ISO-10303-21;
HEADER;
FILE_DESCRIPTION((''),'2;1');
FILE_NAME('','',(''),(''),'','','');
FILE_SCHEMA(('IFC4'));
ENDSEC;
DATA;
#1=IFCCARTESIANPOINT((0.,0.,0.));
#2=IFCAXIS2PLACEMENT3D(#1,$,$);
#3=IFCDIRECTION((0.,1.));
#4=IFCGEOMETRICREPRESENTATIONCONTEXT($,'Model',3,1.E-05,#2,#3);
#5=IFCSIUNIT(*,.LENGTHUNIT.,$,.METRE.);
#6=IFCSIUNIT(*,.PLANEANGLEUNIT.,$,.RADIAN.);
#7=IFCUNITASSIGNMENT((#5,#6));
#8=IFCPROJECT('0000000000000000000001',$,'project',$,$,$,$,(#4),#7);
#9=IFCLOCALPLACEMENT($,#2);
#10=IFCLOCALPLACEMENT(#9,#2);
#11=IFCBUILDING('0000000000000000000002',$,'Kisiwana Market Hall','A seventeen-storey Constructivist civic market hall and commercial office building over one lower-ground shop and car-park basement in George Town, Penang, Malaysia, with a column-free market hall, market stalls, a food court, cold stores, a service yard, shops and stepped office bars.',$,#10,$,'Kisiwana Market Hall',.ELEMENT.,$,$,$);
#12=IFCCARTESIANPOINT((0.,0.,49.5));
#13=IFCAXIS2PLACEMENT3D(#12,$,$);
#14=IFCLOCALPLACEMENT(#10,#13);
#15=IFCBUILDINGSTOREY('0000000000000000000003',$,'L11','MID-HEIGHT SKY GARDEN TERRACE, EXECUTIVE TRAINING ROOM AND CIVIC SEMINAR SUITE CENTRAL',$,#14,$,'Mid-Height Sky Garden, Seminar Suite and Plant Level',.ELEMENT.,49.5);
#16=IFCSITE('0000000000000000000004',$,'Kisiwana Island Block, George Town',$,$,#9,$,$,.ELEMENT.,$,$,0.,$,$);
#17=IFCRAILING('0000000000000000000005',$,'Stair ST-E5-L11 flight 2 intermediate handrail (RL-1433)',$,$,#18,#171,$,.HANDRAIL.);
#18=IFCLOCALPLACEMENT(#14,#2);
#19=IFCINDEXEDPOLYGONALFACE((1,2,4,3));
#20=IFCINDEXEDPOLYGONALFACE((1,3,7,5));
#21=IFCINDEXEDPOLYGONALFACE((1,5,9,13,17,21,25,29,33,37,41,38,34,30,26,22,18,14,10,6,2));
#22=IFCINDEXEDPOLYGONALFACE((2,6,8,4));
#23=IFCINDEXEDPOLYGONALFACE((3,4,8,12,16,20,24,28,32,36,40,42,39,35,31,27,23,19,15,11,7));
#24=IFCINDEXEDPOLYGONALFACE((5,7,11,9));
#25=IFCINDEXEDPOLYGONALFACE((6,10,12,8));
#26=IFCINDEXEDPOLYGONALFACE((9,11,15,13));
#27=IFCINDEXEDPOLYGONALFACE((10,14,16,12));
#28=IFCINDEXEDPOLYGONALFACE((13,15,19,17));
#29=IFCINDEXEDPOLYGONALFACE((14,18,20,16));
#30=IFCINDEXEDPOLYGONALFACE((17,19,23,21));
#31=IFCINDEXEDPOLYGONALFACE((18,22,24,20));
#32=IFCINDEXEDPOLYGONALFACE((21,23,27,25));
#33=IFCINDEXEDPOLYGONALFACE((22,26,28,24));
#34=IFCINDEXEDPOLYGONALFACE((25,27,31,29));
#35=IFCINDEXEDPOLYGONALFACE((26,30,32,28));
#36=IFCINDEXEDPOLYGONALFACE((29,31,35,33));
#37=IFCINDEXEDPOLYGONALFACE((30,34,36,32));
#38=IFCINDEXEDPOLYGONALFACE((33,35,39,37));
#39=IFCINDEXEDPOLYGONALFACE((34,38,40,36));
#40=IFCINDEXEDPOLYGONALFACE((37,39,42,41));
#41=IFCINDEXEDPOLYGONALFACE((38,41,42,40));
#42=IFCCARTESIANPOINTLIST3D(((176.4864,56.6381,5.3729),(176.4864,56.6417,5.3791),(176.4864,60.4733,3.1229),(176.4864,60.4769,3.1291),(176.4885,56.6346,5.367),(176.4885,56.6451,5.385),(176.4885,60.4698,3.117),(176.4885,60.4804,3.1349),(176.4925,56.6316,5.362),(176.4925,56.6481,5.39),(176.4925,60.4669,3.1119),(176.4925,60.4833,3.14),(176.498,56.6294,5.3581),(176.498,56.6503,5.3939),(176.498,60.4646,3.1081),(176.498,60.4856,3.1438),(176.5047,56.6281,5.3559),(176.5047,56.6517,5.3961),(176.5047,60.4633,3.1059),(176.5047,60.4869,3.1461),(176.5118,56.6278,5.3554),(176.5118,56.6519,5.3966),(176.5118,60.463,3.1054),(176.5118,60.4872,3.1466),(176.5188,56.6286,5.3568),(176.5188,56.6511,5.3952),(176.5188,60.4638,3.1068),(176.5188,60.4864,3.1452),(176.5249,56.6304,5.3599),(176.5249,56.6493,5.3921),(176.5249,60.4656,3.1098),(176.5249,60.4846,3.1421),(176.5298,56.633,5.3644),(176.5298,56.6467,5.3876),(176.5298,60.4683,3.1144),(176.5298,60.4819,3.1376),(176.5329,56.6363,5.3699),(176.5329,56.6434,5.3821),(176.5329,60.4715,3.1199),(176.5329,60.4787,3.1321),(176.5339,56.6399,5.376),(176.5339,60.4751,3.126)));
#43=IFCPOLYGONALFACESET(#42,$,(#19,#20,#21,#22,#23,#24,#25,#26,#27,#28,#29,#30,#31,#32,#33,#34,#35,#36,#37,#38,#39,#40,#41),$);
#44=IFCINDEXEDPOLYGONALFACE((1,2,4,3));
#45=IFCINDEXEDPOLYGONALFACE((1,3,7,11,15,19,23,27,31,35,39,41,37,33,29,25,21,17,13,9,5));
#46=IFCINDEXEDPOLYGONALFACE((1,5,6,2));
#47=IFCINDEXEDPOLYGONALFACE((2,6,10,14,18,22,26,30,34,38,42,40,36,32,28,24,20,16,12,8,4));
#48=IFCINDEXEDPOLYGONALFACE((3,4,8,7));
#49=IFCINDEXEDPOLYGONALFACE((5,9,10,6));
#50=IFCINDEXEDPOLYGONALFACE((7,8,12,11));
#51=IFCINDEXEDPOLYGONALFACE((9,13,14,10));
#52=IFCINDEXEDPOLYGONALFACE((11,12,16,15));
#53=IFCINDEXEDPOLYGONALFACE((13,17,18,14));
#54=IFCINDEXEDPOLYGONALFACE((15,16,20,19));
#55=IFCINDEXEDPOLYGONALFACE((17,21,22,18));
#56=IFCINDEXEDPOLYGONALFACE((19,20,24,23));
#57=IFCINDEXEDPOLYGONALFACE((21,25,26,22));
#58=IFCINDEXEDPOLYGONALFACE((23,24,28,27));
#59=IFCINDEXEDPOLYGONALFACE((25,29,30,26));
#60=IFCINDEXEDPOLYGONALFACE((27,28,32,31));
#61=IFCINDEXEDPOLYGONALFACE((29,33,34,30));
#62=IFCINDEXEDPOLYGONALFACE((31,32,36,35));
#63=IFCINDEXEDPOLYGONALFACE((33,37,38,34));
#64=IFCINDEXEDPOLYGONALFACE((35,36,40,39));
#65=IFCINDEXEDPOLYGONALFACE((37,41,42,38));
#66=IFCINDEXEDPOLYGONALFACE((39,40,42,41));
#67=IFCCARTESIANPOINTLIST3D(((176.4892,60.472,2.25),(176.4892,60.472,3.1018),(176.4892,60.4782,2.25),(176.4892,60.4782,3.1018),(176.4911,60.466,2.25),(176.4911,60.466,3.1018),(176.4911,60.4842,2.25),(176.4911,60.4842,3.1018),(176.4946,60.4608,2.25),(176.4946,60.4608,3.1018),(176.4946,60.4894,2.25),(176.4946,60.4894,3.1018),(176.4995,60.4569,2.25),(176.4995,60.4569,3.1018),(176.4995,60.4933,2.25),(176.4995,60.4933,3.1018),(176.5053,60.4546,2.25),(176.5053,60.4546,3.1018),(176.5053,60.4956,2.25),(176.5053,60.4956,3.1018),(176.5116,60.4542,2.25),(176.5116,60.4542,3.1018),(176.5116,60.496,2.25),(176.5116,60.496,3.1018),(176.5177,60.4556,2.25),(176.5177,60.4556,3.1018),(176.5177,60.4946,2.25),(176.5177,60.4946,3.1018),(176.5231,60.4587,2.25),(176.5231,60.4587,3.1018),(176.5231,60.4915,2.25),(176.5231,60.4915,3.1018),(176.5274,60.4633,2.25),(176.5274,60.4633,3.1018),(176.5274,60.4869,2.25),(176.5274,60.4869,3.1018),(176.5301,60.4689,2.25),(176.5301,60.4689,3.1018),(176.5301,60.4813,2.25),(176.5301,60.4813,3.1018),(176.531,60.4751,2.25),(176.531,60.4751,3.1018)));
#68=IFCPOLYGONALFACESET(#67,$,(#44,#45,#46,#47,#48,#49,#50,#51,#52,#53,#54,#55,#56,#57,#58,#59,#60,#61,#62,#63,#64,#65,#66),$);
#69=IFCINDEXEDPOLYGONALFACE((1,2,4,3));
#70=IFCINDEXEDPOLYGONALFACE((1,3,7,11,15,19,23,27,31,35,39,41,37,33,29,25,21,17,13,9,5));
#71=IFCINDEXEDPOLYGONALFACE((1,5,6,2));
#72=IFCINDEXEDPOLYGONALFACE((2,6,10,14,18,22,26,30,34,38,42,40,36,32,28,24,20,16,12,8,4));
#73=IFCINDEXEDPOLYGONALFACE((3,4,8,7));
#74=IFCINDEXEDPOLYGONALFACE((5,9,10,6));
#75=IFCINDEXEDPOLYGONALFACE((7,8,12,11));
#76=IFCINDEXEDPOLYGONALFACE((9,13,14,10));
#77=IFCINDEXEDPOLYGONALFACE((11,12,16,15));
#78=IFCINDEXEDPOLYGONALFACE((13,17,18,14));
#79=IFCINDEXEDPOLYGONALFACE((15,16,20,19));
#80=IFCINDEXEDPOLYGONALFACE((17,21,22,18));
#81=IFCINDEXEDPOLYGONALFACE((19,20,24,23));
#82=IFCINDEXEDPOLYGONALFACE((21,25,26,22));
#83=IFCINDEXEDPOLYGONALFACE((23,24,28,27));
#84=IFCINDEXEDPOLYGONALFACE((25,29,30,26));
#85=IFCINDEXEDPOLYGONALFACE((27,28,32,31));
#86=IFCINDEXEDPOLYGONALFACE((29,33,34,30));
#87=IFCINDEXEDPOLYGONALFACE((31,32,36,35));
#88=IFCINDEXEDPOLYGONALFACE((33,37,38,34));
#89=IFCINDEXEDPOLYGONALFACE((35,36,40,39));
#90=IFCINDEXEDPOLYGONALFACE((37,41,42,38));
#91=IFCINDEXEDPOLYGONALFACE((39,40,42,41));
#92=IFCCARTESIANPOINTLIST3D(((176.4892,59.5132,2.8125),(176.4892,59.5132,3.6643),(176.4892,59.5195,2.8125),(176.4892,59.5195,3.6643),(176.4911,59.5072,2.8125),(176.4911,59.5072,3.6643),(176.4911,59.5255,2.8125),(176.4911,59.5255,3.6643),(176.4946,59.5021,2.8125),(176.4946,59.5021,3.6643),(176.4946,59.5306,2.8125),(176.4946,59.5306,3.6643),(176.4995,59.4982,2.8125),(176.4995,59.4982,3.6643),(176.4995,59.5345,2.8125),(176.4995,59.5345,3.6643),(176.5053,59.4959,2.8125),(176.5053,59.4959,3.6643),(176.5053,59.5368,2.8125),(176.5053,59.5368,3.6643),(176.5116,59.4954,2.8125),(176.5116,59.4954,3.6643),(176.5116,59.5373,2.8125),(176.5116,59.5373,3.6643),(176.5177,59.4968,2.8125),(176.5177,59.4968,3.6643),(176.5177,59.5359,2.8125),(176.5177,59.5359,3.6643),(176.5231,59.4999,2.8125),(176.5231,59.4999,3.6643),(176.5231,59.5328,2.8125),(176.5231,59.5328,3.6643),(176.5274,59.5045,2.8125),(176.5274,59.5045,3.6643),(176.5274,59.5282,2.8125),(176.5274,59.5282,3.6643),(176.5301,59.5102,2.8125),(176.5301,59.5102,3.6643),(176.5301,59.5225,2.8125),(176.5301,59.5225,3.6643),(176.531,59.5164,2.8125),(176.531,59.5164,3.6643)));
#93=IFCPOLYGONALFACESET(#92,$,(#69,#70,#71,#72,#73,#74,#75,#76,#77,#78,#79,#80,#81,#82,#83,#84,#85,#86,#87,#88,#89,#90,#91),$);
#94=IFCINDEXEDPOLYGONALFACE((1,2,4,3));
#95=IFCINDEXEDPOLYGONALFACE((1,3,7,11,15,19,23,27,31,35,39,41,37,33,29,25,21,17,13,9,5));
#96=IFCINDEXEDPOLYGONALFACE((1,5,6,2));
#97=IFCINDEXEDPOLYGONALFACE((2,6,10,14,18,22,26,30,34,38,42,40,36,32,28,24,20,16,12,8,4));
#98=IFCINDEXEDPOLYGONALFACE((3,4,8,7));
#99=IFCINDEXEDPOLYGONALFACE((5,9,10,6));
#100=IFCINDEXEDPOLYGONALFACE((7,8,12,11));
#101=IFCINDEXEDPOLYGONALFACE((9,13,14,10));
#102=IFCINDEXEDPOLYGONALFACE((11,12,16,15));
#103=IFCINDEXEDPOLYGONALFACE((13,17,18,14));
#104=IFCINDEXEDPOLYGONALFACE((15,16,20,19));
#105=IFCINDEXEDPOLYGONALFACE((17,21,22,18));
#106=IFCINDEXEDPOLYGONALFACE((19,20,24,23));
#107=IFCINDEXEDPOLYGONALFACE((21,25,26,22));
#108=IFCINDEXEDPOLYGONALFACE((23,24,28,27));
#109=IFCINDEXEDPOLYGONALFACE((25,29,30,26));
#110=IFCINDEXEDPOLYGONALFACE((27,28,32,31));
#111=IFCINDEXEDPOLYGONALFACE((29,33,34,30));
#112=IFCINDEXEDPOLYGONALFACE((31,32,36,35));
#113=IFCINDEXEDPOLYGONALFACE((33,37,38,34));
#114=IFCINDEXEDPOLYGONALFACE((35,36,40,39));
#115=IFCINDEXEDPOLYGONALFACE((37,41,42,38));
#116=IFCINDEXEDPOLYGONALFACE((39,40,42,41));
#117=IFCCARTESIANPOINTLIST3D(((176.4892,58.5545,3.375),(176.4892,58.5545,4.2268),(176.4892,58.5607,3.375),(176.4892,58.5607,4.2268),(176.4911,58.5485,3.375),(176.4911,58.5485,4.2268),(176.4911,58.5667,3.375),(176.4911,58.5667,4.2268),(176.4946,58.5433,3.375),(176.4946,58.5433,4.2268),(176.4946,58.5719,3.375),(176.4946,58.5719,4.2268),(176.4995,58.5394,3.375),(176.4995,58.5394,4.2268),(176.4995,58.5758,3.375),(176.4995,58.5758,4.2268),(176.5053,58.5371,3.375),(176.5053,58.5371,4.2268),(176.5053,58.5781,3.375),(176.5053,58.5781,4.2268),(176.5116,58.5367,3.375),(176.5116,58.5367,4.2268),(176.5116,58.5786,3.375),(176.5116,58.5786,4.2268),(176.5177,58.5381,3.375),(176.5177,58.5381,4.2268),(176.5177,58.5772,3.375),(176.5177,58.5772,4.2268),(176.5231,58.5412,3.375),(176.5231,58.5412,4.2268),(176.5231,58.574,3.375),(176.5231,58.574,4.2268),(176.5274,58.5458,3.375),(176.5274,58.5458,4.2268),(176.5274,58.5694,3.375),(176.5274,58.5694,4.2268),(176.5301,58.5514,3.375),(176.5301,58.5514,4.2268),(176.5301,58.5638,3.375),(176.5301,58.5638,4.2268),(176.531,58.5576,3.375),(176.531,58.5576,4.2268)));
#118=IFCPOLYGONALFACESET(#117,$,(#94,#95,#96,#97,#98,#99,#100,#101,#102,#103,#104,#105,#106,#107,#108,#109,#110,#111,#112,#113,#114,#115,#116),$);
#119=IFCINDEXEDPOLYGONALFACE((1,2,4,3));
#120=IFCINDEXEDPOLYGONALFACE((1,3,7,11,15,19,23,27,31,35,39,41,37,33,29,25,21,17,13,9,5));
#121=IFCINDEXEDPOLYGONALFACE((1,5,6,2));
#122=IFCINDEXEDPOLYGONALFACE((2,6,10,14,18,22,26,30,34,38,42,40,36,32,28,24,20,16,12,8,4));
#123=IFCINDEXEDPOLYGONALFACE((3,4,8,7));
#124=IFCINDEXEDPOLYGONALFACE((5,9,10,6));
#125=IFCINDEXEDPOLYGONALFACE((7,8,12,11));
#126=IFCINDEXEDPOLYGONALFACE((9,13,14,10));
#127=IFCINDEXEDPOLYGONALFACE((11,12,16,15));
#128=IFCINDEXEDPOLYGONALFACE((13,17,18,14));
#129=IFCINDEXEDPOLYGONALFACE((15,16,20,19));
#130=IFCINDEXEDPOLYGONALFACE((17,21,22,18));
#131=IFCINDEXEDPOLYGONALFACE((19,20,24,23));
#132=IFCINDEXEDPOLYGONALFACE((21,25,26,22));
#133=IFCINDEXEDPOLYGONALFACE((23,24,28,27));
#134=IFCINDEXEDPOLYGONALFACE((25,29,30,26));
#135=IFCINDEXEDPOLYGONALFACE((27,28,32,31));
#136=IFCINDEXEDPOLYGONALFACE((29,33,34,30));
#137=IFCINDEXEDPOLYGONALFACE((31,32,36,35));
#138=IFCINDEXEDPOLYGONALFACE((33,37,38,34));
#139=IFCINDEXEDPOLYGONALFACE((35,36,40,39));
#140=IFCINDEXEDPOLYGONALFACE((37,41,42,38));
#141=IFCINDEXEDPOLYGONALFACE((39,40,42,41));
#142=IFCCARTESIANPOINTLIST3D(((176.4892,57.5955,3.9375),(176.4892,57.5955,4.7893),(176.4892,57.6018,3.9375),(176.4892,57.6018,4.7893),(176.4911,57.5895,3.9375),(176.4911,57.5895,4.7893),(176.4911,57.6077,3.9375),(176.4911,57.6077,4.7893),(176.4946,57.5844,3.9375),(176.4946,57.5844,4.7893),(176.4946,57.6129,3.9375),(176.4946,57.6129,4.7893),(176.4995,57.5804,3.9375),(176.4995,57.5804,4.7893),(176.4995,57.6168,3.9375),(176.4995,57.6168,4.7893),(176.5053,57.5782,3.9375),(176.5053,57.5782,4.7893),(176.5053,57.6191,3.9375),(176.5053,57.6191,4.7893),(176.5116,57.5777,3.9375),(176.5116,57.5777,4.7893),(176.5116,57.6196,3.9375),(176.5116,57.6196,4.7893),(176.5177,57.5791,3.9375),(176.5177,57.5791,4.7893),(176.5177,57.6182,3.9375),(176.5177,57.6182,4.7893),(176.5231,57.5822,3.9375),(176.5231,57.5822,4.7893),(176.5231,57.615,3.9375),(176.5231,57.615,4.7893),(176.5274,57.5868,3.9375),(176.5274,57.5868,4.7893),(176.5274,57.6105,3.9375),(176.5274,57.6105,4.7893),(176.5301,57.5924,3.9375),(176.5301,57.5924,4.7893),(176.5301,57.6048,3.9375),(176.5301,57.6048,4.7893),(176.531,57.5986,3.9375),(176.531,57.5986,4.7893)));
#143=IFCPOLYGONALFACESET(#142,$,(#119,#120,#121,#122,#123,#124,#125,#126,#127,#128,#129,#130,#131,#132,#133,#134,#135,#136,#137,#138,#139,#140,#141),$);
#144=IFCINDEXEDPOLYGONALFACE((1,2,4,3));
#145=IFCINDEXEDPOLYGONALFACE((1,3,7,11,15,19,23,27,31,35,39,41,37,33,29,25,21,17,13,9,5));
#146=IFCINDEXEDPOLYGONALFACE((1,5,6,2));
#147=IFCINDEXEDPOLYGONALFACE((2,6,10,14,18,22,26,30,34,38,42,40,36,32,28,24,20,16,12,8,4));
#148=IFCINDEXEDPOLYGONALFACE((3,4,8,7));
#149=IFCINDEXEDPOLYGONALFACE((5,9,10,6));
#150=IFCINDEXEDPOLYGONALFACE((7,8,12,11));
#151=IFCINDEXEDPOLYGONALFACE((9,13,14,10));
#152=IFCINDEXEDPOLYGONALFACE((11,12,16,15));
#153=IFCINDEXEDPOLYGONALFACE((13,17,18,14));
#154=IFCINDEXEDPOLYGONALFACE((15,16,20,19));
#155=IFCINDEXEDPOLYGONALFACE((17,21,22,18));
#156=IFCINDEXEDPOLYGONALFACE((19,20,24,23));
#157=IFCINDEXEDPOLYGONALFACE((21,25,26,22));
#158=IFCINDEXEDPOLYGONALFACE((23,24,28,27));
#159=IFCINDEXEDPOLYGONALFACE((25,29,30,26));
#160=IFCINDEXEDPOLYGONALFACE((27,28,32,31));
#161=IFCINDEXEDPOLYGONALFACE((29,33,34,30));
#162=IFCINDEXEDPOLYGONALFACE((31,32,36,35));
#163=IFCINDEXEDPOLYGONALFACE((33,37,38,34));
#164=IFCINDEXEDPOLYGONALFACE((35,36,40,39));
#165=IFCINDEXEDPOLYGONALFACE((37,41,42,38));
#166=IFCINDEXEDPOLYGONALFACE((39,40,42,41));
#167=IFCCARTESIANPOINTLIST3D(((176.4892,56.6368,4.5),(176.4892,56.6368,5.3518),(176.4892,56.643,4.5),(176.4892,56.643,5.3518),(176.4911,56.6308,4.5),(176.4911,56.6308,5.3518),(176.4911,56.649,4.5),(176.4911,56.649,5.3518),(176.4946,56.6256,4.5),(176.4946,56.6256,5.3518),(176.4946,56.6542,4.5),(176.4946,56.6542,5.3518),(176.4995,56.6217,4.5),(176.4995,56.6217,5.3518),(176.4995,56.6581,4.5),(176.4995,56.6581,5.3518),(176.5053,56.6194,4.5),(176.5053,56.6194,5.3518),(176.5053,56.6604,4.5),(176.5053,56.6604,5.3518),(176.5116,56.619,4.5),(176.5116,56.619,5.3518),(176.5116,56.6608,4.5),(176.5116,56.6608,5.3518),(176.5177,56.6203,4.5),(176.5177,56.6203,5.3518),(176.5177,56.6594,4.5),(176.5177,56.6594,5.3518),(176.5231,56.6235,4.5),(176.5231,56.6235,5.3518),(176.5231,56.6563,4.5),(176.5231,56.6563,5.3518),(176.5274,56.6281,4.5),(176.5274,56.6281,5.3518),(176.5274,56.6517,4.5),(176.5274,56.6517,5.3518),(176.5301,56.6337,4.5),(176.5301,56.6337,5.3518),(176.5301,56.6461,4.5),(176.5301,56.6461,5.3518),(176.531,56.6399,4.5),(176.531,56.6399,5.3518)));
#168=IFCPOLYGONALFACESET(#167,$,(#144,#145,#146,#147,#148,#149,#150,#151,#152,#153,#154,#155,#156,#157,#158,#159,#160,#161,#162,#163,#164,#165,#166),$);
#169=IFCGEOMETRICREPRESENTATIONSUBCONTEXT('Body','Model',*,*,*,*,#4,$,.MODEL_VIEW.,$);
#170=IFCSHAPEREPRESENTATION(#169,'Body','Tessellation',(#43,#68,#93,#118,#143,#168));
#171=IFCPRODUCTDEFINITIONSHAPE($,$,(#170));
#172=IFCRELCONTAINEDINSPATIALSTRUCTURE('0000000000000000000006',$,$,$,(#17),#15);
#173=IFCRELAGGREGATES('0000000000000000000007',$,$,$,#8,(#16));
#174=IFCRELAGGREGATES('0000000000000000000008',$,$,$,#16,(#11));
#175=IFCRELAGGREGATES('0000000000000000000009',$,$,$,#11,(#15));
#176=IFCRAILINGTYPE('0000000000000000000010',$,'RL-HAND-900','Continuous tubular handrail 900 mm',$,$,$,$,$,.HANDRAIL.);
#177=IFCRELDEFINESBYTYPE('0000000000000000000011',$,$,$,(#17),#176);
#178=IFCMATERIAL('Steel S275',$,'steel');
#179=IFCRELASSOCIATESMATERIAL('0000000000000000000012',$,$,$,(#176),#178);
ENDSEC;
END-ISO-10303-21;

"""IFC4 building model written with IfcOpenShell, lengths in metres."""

from ifc_helpers import new_model, si_unit, direction, frame, origin, origin_2d, place, context, subcontext, project, spatial, circle, extrude, material, type_object, element, save


model = new_model("IFC4")

# Units and contexts
model_context = context("Model", 3, precision=1e-05, world=origin(), true_north=direction((0.0, 1.0)))
body_context = subcontext(model_context, "Body", "Model", "MODEL_VIEW")
ifc_project = project(units=[si_unit("LENGTHUNIT", "METRE"), si_unit("PLANEANGLEUNIT", "RADIAN")], contexts=[model_context])

# Site, building, storey
site_placement = place(None, origin())
site = spatial("IfcSite", under=ifc_project, at=site_placement, Name="Kisiwana Island Block, George Town", CompositionType="ELEMENT", RefElevation=0.0)
building_placement = place(site_placement, origin())
building = spatial("IfcBuilding", under=site, at=building_placement, Name="Kisiwana Market Hall", Description="A seventeen-storey Constructivist civic market hall and commercial office building over one lower-ground shop and car-park basement in George Town, Penang, Malaysia, with a column-free market hall, market stalls, a food court, cold stores, a service yard, shops and stepped office bars.", LongName="Kisiwana Market Hall", CompositionType="ELEMENT")
storey_placement = place(building_placement, frame((0.0, 0.0, 49.5)))
storey = spatial("IfcBuildingStorey", under=building, at=storey_placement, Name="L11", Description="MID-HEIGHT SKY GARDEN TERRACE, EXECUTIVE TRAINING ROOM AND CIVIC SEMINAR SUITE CENTRAL", LongName="Mid-Height Sky Garden, Seminar Suite and Plant Level", CompositionType="ELEMENT", Elevation=49.5)

# Railing
ifc_material_1 = material(Name="Steel S275", Category="steel")
railing_type_1 = type_object("IfcRailingType", Name="RL-HAND-900", Description="Continuous tubular handrail 900 mm", PredefinedType="HANDRAIL", material=ifc_material_1)
railing_1_placement = place(storey_placement, frame((176.51, 60.4751, 2.25)))
element("IfcRailing", 1, at=railing_1_placement, inside=storey, type_object=railing_type_1, Name="Stair ST-E5-L11 flight 2 intermediate handrail (RL-1433)", PredefinedType="HANDRAIL", context=body_context, shape_type="SweptSolid", body=[
    extrude(circle(Radius=0.0239, at=origin_2d()), frame((0.0, 0.0, 0.876), z_axis=(0.0, -0.862524, 0.506017), x_axis=(1.0, 0.0, 0.0)), (0.0, 0.0, 1.0), 4.4465),
    extrude(circle(Radius=0.021, at=origin_2d()), origin(), (0.0, 0.0, 1.0), 0.8518),
    extrude(circle(Radius=0.021, at=origin_2d()), frame((0.0, -0.9587, 0.5625)), (0.0, 0.0, 1.0), 0.8518),
    extrude(circle(Radius=0.021, at=origin_2d()), frame((0.0, -1.9175, 1.125)), (0.0, 0.0, 1.0), 0.8518),
    extrude(circle(Radius=0.021, at=origin_2d()), frame((0.0, -2.8765, 1.6875)), (0.0, 0.0, 1.0), 0.8518),
    extrude(circle(Radius=0.021, at=origin_2d()), frame((0.0, -3.8352, 2.25)), (0.0, 0.0, 1.0), 0.8518),
])

save(model, "model.ifc")
